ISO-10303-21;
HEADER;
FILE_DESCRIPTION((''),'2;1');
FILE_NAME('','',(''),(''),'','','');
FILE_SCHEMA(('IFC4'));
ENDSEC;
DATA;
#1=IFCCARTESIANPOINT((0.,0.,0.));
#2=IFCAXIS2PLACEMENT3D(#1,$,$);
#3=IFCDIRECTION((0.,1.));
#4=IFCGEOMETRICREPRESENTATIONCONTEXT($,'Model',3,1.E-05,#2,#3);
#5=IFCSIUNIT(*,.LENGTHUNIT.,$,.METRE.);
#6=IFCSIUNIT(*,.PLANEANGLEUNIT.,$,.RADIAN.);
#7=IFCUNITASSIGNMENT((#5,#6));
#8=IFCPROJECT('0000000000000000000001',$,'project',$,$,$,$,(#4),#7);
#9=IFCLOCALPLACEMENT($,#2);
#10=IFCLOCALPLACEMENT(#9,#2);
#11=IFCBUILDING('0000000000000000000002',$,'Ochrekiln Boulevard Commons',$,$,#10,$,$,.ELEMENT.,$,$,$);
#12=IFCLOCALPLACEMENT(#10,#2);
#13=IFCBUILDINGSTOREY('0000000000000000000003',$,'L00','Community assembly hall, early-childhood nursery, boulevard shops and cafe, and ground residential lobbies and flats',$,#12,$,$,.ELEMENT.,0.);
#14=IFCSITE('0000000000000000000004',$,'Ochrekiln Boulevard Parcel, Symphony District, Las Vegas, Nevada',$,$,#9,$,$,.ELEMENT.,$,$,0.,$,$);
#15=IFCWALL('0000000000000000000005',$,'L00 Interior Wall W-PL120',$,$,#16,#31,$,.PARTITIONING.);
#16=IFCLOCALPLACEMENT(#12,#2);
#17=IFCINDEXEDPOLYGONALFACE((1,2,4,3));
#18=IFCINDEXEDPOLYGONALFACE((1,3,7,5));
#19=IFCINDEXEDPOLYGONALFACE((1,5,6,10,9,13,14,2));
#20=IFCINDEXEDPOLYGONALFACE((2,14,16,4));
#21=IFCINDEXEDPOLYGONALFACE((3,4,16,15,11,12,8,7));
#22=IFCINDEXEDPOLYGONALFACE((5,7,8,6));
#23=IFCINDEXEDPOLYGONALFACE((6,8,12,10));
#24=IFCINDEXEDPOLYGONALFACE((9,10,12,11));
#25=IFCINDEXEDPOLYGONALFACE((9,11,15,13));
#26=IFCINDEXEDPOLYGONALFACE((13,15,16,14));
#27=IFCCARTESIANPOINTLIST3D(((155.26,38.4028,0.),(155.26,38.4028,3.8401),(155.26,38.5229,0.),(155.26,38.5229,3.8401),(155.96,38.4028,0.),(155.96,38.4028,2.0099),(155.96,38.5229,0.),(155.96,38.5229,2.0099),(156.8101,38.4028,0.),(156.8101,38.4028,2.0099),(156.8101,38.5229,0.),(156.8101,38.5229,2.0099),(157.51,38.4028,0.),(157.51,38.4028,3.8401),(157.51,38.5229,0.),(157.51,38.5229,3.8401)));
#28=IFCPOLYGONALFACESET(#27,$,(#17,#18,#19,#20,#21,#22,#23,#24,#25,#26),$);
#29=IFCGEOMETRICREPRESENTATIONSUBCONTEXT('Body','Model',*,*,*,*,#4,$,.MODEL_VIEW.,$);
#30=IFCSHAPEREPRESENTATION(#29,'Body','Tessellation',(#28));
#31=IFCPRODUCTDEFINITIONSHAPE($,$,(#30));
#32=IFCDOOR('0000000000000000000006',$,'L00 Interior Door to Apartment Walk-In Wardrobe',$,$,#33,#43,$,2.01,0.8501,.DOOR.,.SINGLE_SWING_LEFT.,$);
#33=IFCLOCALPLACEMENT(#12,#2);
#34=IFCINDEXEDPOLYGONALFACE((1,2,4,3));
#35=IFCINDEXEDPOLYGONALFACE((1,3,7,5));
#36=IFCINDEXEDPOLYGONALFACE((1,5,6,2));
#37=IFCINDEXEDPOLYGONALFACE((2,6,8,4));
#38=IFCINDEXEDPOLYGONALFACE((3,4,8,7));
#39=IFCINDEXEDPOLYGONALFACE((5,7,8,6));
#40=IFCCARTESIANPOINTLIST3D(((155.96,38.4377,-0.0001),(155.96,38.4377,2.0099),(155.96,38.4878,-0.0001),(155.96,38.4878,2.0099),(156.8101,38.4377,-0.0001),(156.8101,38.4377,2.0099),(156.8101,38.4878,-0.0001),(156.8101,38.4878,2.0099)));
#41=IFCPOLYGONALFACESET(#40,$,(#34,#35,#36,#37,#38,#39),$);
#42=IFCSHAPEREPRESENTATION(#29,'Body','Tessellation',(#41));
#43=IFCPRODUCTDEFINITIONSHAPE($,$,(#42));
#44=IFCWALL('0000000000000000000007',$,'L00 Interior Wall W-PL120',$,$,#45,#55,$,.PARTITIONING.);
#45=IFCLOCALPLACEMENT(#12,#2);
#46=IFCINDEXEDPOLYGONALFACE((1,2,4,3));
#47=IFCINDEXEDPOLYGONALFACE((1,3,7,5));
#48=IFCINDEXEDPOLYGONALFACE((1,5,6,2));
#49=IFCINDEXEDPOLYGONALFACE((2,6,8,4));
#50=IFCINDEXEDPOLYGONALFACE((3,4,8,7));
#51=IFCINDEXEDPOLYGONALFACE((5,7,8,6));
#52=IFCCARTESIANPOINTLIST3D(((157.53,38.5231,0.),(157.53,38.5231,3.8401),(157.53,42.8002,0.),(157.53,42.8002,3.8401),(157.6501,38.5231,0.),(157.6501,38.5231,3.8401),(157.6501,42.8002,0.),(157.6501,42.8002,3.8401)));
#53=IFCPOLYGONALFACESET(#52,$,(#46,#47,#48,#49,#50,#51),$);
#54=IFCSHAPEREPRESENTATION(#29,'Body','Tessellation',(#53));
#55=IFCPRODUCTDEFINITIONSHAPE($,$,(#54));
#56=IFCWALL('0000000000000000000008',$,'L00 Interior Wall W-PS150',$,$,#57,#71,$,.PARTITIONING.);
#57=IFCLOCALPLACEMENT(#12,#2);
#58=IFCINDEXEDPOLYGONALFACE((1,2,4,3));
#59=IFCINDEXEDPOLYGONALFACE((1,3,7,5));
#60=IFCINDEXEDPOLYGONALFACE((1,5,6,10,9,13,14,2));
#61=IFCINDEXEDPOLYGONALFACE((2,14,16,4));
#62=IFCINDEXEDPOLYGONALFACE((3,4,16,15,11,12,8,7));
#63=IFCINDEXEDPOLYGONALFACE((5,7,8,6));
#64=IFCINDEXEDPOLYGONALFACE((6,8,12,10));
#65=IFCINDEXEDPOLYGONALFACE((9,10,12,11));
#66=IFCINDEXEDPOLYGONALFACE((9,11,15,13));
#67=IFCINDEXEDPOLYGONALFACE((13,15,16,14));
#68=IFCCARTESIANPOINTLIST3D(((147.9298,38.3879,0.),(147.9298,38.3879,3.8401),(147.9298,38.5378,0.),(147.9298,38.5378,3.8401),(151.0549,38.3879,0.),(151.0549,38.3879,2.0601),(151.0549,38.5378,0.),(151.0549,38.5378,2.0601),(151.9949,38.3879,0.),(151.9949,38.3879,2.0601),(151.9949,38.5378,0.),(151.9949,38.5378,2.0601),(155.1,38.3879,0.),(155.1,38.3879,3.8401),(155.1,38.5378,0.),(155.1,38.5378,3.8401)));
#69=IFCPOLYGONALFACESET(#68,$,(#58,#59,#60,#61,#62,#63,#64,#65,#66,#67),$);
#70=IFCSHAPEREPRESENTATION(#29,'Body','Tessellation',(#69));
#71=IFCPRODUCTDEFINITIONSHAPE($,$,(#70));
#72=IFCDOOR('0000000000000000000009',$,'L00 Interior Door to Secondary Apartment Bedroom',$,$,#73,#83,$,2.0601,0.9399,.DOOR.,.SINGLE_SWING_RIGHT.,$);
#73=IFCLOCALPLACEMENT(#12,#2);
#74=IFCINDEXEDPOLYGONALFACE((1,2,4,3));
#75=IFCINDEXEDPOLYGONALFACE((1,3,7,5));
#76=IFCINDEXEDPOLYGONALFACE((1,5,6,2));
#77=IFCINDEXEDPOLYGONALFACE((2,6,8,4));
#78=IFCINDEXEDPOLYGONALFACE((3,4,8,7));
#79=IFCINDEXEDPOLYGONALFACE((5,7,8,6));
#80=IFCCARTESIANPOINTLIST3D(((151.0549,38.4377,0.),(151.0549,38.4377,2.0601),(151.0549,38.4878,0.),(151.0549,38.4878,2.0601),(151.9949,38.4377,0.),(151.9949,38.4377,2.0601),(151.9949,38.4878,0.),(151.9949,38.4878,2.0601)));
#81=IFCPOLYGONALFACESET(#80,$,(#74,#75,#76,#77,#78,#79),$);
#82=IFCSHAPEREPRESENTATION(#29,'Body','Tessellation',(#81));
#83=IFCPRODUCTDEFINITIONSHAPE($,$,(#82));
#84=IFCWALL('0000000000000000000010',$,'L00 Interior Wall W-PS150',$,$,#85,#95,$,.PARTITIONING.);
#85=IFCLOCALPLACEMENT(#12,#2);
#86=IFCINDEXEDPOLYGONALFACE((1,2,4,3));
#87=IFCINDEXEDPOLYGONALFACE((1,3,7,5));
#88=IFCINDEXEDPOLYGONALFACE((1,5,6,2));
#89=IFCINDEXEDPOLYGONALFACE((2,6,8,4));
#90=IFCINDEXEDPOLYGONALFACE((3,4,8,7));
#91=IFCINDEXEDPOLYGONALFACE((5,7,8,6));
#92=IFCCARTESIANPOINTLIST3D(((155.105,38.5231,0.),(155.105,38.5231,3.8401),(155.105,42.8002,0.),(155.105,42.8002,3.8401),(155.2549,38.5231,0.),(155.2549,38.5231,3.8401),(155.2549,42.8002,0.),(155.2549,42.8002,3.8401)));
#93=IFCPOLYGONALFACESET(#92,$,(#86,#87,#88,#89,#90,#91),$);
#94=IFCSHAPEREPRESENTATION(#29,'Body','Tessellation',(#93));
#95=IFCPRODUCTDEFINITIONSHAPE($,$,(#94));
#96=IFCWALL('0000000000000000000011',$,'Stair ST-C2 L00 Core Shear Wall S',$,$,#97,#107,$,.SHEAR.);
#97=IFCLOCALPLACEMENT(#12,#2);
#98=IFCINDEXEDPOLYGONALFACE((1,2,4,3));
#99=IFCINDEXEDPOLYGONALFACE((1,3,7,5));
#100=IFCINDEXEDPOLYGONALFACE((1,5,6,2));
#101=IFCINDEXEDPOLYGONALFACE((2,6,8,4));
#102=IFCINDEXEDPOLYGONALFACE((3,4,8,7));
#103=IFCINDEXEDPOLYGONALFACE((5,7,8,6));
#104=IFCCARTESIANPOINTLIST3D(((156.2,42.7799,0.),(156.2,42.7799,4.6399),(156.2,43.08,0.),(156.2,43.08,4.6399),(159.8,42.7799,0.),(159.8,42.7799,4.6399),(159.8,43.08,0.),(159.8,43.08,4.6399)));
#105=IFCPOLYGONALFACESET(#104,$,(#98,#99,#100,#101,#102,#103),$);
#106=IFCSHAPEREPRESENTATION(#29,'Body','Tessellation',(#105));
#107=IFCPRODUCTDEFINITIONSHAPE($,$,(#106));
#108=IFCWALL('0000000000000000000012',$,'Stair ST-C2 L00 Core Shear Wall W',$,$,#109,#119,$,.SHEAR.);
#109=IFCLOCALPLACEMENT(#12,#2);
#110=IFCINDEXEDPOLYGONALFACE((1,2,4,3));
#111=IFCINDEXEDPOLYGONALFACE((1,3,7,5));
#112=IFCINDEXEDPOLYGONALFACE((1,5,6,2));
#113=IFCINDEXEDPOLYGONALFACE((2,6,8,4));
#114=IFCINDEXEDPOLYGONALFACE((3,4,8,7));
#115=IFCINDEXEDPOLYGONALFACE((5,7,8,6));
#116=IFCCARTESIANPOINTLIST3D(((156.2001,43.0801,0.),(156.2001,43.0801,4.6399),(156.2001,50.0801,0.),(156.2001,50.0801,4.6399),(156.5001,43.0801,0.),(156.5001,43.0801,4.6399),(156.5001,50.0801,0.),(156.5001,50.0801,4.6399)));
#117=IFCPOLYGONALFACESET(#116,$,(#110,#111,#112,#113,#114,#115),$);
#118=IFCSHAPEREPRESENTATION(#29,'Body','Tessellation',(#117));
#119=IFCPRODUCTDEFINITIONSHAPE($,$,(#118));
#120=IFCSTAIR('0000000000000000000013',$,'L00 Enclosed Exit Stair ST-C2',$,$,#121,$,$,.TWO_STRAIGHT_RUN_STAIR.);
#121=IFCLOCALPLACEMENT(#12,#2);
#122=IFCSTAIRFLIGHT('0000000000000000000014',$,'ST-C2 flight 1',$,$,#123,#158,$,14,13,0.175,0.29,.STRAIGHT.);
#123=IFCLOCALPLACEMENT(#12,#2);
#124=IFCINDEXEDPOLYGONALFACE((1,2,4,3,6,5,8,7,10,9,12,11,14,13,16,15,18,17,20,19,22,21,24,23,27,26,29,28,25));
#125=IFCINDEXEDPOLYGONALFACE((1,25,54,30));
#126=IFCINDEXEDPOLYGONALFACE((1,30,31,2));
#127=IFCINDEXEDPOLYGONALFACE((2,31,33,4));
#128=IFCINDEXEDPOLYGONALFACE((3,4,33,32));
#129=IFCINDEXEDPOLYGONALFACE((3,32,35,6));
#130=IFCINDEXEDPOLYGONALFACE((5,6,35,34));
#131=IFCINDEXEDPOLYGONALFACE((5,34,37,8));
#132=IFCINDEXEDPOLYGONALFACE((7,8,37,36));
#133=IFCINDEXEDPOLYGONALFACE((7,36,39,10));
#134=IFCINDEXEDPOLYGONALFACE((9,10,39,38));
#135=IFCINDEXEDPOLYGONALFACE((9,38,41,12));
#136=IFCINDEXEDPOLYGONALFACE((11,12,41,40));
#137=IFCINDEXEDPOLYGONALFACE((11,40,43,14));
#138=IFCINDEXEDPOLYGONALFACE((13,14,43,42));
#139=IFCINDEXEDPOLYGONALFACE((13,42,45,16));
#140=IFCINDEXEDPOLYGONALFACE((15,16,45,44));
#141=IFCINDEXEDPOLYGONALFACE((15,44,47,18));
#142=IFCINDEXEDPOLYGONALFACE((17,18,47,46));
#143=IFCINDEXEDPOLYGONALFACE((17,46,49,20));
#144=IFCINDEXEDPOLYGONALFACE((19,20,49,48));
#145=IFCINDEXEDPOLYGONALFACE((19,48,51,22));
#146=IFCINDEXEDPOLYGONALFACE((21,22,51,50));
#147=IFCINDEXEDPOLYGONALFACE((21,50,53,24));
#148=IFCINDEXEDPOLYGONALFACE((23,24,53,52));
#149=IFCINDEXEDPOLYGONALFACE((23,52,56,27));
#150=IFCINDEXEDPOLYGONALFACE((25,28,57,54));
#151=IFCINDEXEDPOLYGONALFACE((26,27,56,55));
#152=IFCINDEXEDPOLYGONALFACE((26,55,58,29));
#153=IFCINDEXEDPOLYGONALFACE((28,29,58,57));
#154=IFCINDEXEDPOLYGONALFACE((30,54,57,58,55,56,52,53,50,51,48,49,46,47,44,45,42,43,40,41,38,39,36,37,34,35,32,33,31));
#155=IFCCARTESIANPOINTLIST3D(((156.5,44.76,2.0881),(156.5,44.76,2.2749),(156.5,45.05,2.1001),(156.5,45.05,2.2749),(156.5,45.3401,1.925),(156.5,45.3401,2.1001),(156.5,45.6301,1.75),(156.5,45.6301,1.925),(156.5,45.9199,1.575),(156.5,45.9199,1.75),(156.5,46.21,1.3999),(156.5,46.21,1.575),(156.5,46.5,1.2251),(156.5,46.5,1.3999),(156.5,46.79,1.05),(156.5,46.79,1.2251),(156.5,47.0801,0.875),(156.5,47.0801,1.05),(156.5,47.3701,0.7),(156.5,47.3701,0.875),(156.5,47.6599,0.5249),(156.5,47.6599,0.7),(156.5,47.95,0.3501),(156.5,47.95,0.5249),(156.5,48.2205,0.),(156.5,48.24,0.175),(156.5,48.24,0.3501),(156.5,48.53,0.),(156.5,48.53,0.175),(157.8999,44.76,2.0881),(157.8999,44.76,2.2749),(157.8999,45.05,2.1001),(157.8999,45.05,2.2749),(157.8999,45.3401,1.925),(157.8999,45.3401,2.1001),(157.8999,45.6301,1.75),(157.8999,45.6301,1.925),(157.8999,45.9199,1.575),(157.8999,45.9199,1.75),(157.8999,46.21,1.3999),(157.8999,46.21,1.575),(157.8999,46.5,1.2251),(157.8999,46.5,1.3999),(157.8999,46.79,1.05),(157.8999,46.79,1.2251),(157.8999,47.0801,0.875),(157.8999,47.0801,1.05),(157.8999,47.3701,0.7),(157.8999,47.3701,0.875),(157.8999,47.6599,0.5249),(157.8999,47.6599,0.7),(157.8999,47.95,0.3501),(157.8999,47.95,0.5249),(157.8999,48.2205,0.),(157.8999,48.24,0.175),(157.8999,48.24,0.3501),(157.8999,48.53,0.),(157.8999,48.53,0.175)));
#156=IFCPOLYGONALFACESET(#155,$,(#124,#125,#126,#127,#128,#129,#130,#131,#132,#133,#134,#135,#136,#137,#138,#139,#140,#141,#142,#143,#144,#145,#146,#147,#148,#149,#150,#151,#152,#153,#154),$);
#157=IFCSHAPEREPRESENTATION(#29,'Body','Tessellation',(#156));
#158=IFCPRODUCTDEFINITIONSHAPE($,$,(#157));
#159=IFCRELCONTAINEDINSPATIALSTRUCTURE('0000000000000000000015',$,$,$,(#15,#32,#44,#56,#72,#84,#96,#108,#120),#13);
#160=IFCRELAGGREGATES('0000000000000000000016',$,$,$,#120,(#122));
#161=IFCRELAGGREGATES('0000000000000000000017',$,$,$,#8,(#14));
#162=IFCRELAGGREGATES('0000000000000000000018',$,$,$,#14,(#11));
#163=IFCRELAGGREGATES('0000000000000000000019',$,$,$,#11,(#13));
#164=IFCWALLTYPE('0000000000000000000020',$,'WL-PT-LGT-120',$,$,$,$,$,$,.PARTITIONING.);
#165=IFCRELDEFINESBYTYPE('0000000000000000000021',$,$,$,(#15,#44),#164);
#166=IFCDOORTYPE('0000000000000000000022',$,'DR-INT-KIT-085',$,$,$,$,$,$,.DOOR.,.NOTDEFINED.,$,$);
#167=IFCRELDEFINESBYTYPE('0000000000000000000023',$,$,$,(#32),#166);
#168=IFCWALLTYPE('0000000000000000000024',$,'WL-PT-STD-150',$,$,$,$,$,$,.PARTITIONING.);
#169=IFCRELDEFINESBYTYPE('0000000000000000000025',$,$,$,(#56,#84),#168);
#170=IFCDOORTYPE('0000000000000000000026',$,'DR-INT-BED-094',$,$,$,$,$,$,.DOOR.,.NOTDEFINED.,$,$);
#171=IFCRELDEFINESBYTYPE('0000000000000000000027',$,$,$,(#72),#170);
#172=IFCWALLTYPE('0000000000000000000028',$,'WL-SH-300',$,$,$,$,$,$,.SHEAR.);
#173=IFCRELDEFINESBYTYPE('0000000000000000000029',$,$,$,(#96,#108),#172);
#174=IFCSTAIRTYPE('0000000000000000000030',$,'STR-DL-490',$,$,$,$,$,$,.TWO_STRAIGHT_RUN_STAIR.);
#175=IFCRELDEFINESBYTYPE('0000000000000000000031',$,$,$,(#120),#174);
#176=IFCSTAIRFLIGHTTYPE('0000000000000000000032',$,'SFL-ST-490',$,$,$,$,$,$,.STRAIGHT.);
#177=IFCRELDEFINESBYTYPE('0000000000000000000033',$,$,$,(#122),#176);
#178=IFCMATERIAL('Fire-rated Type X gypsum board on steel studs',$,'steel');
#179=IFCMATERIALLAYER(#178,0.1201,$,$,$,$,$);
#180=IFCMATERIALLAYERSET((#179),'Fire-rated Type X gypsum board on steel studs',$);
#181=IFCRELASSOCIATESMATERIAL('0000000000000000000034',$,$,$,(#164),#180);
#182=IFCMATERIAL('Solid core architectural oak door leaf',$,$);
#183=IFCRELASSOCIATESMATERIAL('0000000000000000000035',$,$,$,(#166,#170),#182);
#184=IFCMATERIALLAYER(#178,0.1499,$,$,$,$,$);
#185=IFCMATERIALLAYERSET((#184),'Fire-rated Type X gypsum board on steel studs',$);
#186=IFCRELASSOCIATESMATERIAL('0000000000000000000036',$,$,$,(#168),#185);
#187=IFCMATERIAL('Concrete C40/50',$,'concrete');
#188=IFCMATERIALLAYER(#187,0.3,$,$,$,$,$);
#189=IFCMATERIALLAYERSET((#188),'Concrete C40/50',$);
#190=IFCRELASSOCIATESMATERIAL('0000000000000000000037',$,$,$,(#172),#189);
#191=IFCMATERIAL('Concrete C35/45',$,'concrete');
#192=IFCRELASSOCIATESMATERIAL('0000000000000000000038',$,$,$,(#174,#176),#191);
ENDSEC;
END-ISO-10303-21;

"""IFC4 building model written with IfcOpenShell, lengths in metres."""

from ifc_helpers import new_model, si_unit, direction, frame, frame_2d, origin, place, context, subcontext, project, spatial, polyline, rectangle, outline, extrude, material, layer, layer_set, type_object, element, fill, aggregate, save


model = new_model("IFC4")

# Units and contexts
model_context = context("Model", 3, precision=1e-05, world=origin(), true_north=direction((0.0, 1.0)))
body_context = subcontext(model_context, "Body", "Model", "MODEL_VIEW")
ifc_project = project(units=[si_unit("LENGTHUNIT", "METRE"), si_unit("PLANEANGLEUNIT", "RADIAN")], contexts=[model_context])

# Site, building, storey
site_placement = place(None, origin())
site = spatial("IfcSite", under=ifc_project, at=site_placement, Name="Ochrekiln Boulevard Parcel, Symphony District, Las Vegas, Nevada", CompositionType="ELEMENT", RefElevation=0.0)
building_placement = place(site_placement, origin())
building = spatial("IfcBuilding", under=site, at=building_placement, Name="Ochrekiln Boulevard Commons", CompositionType="ELEMENT")
storey_placement = place(building_placement, origin())
storey = spatial("IfcBuildingStorey", under=building, at=storey_placement, Name="L00", Description="Community assembly hall, early-childhood nursery, boulevard shops and cafe, and ground residential lobbies and flats", CompositionType="ELEMENT", Elevation=0.0)

# Shared definitions
ifc_material_1 = material(Name="Concrete C40/50", Category="concrete")

# Shared definitions
ifc_material_2 = material(Name="Concrete C35/45", Category="concrete")

# Wall, opening, door
ifc_material_3 = material(Name="Fire-rated Type X gypsum board on steel studs", Category="steel")
ifc_layer_1 = layer(ifc_material_3, 0.1201)
ifc_layer_set_1 = layer_set([ifc_layer_1], Name="Fire-rated Type X gypsum board on steel studs")
wall_type_1 = type_object("IfcWallType", Name="WL-PT-LGT-120", PredefinedType="PARTITIONING", material=ifc_layer_set_1)
ifc_material_4 = material(Name="Solid core architectural oak door leaf")
door_type_1 = type_object("IfcDoorType", Name="DR-INT-KIT-085", OperationType="NOTDEFINED", PredefinedType="DOOR", material=ifc_material_4)
wall_1_placement = place(storey_placement, frame((155.26, 38.4629, 0.0), z_axis=(0.0, 0.0, 1.0), x_axis=(1.0, 0.0, 0.0)))
wall_1 = element("IfcWall", 1, at=wall_1_placement, inside=storey, type_object=wall_type_1, Name="L00 Interior Wall W-PL120", PredefinedType="PARTITIONING", context=body_context, shape_type="SweptSolid", body=[
    extrude(rectangle(XDim=2.25, YDim=0.1201, at=frame_2d((1.125, 0.0))), origin(), (0.0, 0.0, 1.0), 3.8401),
])
opening_1_placement = place(wall_1_placement, frame((0.7, 0.0, 0.0)))
opening_1 = element("IfcOpeningElement", 2, at=opening_1_placement, cuts=wall_1, PredefinedType="OPENING", context=body_context, shape_type="SweptSolid", body=[
    extrude(rectangle(XDim=0.8501, YDim=2.01, at=frame_2d((0.425, 1.0049))), frame((0.0, 0.0701, 0.0), z_axis=(0.0, -1.0, 0.0), x_axis=(1.0, 0.0, 0.0)), (0.0, 0.0, 1.0), 0.1401),
])
door_1_placement = place(opening_1_placement, origin())
door_1 = element("IfcDoor", 3, at=door_1_placement, inside=storey, type_object=door_type_1, Name="L00 Interior Door to Apartment Walk-In Wardrobe", OperationType="SINGLE_SWING_LEFT", OverallHeight=2.01, OverallWidth=0.8501, PredefinedType="DOOR", context=body_context, shape_type="SweptSolid", body=[
    extrude(rectangle(XDim=0.8501, YDim=2.01, at=frame_2d((0.425, 1.0049))), frame((0.0, 0.0249, 0.0), z_axis=(0.0, -1.0, 0.0), x_axis=(1.0, 0.0, 0.0)), (0.0, 0.0, 1.0), 0.05),
])
fill(opening_1, door_1)

# Wall
wall_2_placement = place(storey_placement, frame((157.5901, 38.5229, 0.0), z_axis=(0.0, 0.0, 1.0), x_axis=(0.0, 1.0, 0.0)))
element("IfcWall", 4, at=wall_2_placement, inside=storey, type_object=wall_type_1, Name="L00 Interior Wall W-PL120", PredefinedType="PARTITIONING", context=body_context, shape_type="SweptSolid", body=[
    extrude(rectangle(XDim=4.2771, YDim=0.1201, at=frame_2d((2.1387, 0.0))), origin(), (0.0, 0.0, 1.0), 3.8401),
])

# Wall, opening, door
ifc_layer_2 = layer(ifc_material_3, 0.1499)
ifc_layer_set_2 = layer_set([ifc_layer_2], Name="Fire-rated Type X gypsum board on steel studs")
wall_type_2 = type_object("IfcWallType", Name="WL-PT-STD-150", PredefinedType="PARTITIONING", material=ifc_layer_set_2)
wall_3_placement = place(storey_placement, frame((147.9299, 38.4629, 0.0), z_axis=(0.0, 0.0, 1.0), x_axis=(1.0, 0.0, 0.0)))
wall_3 = element("IfcWall", 5, at=wall_3_placement, inside=storey, type_object=wall_type_2, Name="L00 Interior Wall W-PS150", PredefinedType="PARTITIONING", context=body_context, shape_type="SweptSolid", body=[
    extrude(rectangle(XDim=7.1702, YDim=0.1499, at=frame_2d((3.585, 0.0))), origin(), (0.0, 0.0, 1.0), 3.8401),
])
opening_2_placement = place(wall_3_placement, frame((3.125, 0.0, 0.0)))
opening_2 = element("IfcOpeningElement", 6, at=opening_2_placement, cuts=wall_3, PredefinedType="OPENING", context=body_context, shape_type="SweptSolid", body=[
    extrude(rectangle(XDim=0.9399, YDim=2.0601, at=frame_2d((0.47, 1.03))), frame((0.0, 0.085, 0.0), z_axis=(0.0, -1.0, 0.0), x_axis=(1.0, 0.0, 0.0)), (0.0, 0.0, 1.0), 0.1699),
])
door_type_2 = type_object("IfcDoorType", Name="DR-INT-BED-094", OperationType="NOTDEFINED", PredefinedType="DOOR", material=ifc_material_4)
door_2_placement = place(opening_2_placement, origin())
door_2 = element("IfcDoor", 7, at=door_2_placement, inside=storey, type_object=door_type_2, Name="L00 Interior Door to Secondary Apartment Bedroom", OperationType="SINGLE_SWING_RIGHT", OverallHeight=2.0601, OverallWidth=0.9399, PredefinedType="DOOR", context=body_context, shape_type="SweptSolid", body=[
    extrude(rectangle(XDim=0.9399, YDim=2.0601, at=frame_2d((0.47, 1.03))), frame((0.0, 0.0249, 0.0), z_axis=(0.0, -1.0, 0.0), x_axis=(1.0, 0.0, 0.0)), (0.0, 0.0, 1.0), 0.05),
])
fill(opening_2, door_2)

# Walls
wall_4_placement = place(storey_placement, frame((155.1799, 38.5229, 0.0), z_axis=(0.0, 0.0, 1.0), x_axis=(0.0, 1.0, 0.0)))
element("IfcWall", 8, at=wall_4_placement, inside=storey, type_object=wall_type_2, Name="L00 Interior Wall W-PS150", PredefinedType="PARTITIONING", context=body_context, shape_type="SweptSolid", body=[
    extrude(rectangle(XDim=4.2771, YDim=0.1499, at=frame_2d((2.1387, 0.0))), origin(), (0.0, 0.0, 1.0), 3.8401),
])
ifc_layer_3 = layer(ifc_material_1, 0.3)
ifc_layer_set_3 = layer_set([ifc_layer_3], Name="Concrete C40/50")
wall_type_3 = type_object("IfcWallType", Name="WL-SH-300", PredefinedType="SHEAR", material=ifc_layer_set_3)
wall_5_placement = place(storey_placement, frame((156.2, 42.9299, 0.0), z_axis=(0.0, 0.0, 1.0), x_axis=(1.0, 0.0, 0.0)))
element("IfcWall", 9, at=wall_5_placement, inside=storey, type_object=wall_type_3, Name="Stair ST-C2 L00 Core Shear Wall S", PredefinedType="SHEAR", context=body_context, shape_type="SweptSolid", body=[
    extrude(rectangle(XDim=3.6001, YDim=0.3, at=frame_2d((1.8, 0.0))), origin(), (0.0, 0.0, 1.0), 4.6399),
])
wall_6_placement = place(storey_placement, frame((156.3501, 43.0801, 0.0), z_axis=(0.0, 0.0, 1.0), x_axis=(0.0, 1.0, 0.0)))
element("IfcWall", 10, at=wall_6_placement, inside=storey, type_object=wall_type_3, Name="Stair ST-C2 L00 Core Shear Wall W", PredefinedType="SHEAR", context=body_context, shape_type="SweptSolid", body=[
    extrude(rectangle(XDim=7.0, YDim=0.3, at=frame_2d((3.5, 0.0))), origin(), (0.0, 0.0, 1.0), 4.6399),
])

# Stair, stair flight
stair_type = type_object("IfcStairType", Name="STR-DL-490", PredefinedType="TWO_STRAIGHT_RUN_STAIR", material=ifc_material_2)
stair_placement = place(storey_placement, origin())
stair = element("IfcStair", 11, at=stair_placement, inside=storey, type_object=stair_type, Name="L00 Enclosed Exit Stair ST-C2", PredefinedType="TWO_STRAIGHT_RUN_STAIR")
stair_flight_type = type_object("IfcStairFlightType", Name="SFL-ST-490", PredefinedType="STRAIGHT", material=ifc_material_2)
stair_flight_placement = place(storey_placement, frame((157.2, 48.53, 0.0), z_axis=(0.0, 0.0, 1.0), x_axis=(0.0, -1.0, 0.0)))
stair_flight = element("IfcStairFlight", 12, at=stair_flight_placement, type_object=stair_flight_type, Name="ST-C2 flight 1", NumberOfRisers=14, NumberOfTreads=13, PredefinedType="STRAIGHT", RiserHeight=0.175, TreadLength=0.29, context=body_context, shape_type="SweptSolid", body=[
    extrude(outline(polyline([(0.0, 0.0), (0.0, 0.175), (0.29, 0.175), (0.29, 0.3501), (0.5801, 0.3501), (0.5801, 0.5249), (0.8701, 0.5249), (0.8701, 0.7), (1.1599, 0.7), (1.1599, 0.875), (1.45, 0.875), (1.45, 1.05), (1.74, 1.05), (1.74, 1.2251), (2.03, 1.2251), (2.03, 1.3999), (2.3201, 1.3999), (2.3201, 1.575), (2.6101, 1.575), (2.6101, 1.75), (2.8999, 1.75), (2.8999, 1.925), (3.1899, 1.925), (3.1899, 2.1001), (3.48, 2.1001), (3.48, 2.2749), (3.77, 2.2749), (3.77, 2.45), (3.77, 2.0881), (0.3096, 0.0), (0.0, 0.0)])), frame((0.0, 0.7, 0.0), z_axis=(0.0, -1.0, 0.0), x_axis=(1.0, 0.0, 0.0)), (0.0, 0.0, 1.0), 1.3999),
])
aggregate(stair, [stair_flight])

save(model, "model.ifc")
